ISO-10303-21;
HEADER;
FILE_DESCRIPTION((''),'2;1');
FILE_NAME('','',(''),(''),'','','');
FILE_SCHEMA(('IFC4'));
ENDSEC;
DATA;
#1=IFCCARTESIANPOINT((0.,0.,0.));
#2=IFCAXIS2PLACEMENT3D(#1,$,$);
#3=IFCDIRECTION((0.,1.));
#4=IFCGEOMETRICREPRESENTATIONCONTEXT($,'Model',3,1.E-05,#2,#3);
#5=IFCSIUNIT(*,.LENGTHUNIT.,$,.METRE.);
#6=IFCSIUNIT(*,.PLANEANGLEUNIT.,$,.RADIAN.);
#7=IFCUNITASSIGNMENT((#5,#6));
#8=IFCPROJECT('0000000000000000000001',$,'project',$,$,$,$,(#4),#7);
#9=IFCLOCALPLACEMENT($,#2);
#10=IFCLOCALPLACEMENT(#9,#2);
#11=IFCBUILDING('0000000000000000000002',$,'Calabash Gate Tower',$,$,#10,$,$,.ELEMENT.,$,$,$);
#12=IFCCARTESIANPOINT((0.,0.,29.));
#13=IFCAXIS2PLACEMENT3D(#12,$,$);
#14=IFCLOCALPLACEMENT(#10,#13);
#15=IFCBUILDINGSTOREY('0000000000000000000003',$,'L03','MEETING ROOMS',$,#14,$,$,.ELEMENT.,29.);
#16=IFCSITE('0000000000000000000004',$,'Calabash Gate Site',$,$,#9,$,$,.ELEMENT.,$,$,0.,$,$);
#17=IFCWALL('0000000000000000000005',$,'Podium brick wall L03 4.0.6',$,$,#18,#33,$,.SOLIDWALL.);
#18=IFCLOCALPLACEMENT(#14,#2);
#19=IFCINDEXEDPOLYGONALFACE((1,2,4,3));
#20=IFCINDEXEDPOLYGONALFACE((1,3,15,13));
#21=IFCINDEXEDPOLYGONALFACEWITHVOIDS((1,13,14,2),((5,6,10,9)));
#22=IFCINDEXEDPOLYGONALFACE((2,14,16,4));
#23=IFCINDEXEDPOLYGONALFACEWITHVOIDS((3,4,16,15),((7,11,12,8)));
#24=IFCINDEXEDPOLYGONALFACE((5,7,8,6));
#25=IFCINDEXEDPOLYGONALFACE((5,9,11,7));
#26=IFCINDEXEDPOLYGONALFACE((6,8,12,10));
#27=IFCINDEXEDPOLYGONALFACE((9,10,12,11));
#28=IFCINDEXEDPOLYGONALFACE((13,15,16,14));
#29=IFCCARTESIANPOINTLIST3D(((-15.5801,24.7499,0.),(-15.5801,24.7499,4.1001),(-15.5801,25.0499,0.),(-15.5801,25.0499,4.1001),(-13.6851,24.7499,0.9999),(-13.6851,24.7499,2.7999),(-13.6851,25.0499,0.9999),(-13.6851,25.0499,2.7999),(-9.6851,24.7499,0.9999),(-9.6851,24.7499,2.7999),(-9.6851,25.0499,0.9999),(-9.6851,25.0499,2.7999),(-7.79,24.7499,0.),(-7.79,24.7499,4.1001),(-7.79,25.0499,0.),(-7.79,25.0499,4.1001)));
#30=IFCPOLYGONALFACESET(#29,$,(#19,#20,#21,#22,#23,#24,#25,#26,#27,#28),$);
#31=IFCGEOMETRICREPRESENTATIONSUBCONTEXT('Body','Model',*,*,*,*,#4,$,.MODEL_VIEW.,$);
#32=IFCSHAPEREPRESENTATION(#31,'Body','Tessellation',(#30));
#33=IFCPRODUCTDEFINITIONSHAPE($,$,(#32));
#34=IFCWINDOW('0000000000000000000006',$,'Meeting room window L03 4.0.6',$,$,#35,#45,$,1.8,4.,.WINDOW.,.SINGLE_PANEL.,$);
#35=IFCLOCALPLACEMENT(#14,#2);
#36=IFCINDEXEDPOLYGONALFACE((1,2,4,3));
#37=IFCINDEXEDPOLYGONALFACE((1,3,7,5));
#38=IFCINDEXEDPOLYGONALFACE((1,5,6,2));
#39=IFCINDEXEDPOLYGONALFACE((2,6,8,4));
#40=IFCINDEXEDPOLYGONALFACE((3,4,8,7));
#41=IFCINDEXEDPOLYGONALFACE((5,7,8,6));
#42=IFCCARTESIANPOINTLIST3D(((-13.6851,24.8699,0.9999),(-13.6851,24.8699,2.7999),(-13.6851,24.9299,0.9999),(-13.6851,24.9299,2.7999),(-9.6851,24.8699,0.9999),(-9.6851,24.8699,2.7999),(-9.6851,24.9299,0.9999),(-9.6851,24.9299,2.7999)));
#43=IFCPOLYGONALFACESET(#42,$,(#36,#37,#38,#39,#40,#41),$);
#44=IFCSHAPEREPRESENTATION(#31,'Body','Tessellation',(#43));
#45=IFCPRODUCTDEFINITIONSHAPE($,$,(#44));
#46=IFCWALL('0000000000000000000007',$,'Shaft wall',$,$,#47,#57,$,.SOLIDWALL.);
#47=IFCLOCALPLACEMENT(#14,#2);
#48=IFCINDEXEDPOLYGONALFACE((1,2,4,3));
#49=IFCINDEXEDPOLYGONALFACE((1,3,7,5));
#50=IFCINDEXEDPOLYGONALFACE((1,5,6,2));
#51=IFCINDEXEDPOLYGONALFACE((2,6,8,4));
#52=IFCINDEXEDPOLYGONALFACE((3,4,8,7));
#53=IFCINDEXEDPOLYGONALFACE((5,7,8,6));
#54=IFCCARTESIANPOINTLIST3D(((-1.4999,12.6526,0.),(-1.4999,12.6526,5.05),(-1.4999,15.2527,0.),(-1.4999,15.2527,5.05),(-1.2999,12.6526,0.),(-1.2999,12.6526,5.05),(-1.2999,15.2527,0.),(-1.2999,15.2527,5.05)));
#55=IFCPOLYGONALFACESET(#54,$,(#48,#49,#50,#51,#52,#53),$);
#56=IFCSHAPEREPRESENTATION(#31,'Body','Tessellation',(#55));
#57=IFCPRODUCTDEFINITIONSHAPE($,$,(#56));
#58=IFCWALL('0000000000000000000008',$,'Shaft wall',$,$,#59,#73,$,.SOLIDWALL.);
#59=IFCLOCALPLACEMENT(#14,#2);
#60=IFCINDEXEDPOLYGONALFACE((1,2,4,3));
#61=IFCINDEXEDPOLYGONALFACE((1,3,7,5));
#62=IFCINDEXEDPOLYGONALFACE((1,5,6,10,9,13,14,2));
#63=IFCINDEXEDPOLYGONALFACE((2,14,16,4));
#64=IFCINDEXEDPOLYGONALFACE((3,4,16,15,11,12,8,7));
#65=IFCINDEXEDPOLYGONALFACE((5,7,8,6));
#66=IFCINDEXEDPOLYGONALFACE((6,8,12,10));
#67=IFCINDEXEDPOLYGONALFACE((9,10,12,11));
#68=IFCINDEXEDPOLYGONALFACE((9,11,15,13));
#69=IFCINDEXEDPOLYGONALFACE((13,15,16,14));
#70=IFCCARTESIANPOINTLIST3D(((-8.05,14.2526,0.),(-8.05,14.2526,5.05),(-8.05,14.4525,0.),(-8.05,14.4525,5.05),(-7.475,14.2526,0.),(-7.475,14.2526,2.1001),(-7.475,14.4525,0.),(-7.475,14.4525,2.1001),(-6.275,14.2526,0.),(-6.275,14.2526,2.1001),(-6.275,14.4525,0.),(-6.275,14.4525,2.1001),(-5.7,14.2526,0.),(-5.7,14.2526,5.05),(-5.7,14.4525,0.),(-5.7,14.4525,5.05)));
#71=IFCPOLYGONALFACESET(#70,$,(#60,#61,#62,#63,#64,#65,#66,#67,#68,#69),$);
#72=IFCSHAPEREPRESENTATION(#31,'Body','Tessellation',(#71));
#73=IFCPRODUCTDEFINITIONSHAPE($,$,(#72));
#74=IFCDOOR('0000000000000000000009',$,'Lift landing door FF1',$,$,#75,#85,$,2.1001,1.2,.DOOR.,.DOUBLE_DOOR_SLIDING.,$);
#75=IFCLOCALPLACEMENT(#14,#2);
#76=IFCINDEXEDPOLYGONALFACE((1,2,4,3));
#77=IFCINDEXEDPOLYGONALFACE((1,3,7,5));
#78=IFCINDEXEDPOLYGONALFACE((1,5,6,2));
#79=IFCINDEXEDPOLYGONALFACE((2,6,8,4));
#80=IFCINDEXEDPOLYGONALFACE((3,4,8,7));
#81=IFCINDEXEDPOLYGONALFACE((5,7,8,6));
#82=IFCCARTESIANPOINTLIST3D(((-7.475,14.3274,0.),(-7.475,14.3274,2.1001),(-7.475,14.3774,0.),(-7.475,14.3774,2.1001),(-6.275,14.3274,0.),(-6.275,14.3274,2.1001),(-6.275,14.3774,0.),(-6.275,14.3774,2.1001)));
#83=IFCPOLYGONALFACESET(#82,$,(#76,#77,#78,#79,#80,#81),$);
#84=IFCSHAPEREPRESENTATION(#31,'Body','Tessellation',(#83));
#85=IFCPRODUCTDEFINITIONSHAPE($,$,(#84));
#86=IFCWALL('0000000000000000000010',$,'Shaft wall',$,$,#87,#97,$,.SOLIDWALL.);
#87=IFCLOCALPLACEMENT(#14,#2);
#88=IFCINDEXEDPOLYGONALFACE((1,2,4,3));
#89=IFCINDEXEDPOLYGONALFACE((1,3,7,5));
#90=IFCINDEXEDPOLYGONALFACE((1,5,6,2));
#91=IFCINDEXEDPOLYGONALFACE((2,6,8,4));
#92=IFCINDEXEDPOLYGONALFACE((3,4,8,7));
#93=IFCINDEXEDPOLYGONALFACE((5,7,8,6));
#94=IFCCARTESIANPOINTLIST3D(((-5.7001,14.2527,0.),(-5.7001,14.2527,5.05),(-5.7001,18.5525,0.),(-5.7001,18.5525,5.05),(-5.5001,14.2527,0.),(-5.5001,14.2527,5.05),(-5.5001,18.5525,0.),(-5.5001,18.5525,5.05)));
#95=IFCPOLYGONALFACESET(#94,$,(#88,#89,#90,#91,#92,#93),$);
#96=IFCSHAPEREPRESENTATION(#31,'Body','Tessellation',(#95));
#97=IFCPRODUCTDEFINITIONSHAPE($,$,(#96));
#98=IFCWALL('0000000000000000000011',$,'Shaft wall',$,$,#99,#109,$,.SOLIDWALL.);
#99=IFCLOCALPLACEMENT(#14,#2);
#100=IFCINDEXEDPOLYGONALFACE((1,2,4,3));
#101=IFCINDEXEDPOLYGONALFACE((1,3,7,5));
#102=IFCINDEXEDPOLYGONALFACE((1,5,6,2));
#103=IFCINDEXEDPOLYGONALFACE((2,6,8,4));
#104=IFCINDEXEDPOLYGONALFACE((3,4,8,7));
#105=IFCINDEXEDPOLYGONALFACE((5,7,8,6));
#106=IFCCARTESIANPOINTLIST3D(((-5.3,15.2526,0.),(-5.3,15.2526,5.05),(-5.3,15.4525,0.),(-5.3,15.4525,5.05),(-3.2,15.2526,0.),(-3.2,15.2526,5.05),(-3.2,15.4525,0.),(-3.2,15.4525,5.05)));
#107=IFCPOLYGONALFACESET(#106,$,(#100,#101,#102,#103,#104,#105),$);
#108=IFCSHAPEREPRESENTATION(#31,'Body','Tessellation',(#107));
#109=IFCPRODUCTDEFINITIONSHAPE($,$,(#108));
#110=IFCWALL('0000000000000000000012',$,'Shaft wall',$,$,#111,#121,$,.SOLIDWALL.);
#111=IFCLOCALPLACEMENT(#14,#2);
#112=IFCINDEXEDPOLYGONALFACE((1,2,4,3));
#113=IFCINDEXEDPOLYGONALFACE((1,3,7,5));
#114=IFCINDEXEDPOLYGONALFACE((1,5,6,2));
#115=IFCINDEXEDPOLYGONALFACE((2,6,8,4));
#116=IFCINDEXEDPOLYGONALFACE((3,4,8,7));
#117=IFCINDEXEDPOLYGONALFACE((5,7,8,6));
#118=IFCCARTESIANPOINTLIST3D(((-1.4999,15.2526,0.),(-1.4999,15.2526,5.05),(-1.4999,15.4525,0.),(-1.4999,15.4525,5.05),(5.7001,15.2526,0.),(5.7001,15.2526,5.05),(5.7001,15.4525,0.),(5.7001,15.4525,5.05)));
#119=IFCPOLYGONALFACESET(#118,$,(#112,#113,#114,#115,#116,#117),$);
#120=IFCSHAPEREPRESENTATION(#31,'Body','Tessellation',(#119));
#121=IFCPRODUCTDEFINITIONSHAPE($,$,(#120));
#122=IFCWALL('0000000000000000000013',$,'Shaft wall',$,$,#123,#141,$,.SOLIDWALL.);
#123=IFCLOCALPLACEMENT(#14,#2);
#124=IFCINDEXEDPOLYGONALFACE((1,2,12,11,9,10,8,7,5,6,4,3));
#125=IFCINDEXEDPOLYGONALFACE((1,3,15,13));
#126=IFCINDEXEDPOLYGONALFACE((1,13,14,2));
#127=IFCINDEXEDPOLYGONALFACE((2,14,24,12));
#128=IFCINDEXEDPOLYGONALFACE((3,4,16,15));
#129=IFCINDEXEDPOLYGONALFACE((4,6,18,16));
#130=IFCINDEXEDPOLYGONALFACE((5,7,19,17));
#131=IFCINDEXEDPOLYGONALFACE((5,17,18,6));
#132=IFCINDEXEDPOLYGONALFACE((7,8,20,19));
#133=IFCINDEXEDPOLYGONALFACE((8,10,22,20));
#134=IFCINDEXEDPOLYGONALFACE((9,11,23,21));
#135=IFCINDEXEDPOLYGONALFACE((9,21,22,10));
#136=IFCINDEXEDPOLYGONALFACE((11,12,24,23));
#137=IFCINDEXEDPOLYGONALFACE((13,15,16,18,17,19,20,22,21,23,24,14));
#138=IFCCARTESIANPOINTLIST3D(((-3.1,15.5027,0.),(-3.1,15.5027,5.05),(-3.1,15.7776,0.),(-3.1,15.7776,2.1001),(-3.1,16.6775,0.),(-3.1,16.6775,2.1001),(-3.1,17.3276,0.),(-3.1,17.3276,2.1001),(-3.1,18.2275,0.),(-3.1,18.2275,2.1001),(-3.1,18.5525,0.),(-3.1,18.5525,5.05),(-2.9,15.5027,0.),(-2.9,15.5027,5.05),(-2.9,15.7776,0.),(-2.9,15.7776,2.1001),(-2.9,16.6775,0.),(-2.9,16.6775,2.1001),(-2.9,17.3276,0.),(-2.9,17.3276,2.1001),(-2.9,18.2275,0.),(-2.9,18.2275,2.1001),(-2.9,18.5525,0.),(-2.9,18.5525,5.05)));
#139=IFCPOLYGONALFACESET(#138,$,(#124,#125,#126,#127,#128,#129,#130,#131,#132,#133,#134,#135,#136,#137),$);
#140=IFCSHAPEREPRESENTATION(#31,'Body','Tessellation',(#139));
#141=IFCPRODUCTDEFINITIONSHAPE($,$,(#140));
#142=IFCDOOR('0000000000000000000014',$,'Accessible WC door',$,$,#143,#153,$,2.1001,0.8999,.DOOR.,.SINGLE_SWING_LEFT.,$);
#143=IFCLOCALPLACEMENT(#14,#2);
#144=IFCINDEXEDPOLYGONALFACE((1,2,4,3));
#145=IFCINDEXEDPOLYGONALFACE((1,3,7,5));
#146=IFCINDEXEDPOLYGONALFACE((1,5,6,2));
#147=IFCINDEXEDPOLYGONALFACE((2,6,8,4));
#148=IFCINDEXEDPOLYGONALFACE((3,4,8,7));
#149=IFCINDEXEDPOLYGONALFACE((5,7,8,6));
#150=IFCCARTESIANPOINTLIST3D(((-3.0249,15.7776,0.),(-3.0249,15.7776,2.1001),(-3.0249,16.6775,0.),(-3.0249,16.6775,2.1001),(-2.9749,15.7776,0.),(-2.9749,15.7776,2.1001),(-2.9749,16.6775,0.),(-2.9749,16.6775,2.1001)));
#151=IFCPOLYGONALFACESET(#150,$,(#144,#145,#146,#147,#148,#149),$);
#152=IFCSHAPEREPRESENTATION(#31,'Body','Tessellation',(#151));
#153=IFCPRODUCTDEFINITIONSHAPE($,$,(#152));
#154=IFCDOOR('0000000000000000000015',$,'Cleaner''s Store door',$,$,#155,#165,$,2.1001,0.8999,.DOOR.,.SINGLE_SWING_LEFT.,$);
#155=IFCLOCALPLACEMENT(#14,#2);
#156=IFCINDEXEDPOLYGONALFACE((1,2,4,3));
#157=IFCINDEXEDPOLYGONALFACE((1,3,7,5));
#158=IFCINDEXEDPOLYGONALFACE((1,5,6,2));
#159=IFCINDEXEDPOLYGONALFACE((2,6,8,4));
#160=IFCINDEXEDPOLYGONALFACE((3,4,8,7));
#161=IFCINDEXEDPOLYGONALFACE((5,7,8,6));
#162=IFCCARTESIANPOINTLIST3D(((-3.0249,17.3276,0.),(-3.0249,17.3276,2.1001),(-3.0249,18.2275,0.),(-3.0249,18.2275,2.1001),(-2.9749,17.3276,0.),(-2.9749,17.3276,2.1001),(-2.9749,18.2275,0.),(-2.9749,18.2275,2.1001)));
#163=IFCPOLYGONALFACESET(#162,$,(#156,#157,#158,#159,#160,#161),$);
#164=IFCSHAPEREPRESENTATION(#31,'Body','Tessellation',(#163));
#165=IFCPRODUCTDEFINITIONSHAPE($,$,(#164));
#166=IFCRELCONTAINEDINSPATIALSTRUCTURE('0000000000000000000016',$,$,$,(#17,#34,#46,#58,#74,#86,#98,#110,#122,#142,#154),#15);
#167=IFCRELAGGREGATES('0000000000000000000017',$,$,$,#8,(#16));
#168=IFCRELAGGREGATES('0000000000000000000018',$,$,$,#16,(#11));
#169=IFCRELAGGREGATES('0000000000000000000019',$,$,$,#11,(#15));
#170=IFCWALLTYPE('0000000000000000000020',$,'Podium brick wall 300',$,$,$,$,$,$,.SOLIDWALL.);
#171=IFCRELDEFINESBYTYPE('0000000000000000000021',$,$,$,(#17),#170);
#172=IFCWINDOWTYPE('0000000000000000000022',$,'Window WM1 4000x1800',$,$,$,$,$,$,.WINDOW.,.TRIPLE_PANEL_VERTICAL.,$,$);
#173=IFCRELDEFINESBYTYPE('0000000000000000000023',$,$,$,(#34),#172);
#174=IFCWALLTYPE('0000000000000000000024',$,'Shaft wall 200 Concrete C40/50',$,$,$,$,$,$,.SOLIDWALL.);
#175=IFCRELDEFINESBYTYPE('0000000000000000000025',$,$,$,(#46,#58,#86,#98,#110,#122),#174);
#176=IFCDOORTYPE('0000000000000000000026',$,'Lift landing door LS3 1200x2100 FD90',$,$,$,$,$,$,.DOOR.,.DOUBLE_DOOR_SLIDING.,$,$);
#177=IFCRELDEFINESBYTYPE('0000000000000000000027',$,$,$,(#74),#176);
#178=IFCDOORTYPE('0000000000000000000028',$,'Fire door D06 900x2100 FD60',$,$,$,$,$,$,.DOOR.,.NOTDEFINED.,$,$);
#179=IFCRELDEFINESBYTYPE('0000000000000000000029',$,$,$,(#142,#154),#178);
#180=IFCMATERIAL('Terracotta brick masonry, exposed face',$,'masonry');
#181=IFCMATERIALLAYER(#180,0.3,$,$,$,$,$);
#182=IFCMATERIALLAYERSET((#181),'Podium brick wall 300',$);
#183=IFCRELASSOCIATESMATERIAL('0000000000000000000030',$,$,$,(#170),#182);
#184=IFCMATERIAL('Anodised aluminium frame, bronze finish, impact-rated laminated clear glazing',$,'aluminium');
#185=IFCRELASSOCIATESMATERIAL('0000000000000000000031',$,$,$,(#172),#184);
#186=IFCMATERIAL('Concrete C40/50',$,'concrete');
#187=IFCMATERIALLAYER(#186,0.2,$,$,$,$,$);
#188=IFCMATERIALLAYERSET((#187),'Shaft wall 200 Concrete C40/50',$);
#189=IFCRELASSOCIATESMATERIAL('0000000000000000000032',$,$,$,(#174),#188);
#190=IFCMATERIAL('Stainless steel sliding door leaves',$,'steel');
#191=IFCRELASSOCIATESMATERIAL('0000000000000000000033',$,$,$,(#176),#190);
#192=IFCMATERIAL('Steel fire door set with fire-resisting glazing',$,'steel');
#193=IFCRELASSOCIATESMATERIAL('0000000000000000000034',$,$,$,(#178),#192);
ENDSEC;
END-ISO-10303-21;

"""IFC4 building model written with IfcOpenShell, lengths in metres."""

from ifc_helpers import new_model, si_unit, direction, frame, frame_2d, origin, place, context, subcontext, project, spatial, rectangle, extrude, material, layer, layer_set, type_object, element, fill, save


model = new_model("IFC4")

# Units and contexts
model_context = context("Model", 3, precision=1e-05, world=origin(), true_north=direction((0.0, 1.0)))
body_context = subcontext(model_context, "Body", "Model", "MODEL_VIEW")
ifc_project = project(units=[si_unit("LENGTHUNIT", "METRE"), si_unit("PLANEANGLEUNIT", "RADIAN")], contexts=[model_context])

# Site, building, storey
site_placement = place(None, origin())
site = spatial("IfcSite", under=ifc_project, at=site_placement, Name="Calabash Gate Site", CompositionType="ELEMENT", RefElevation=0.0)
building_placement = place(site_placement, origin())
building = spatial("IfcBuilding", under=site, at=building_placement, Name="Calabash Gate Tower", CompositionType="ELEMENT")
storey_placement = place(building_placement, frame((0.0, 0.0, 29.0)))
storey = spatial("IfcBuildingStorey", under=building, at=storey_placement, Name="L03", Description="MEETING ROOMS", CompositionType="ELEMENT", Elevation=29.0)

# Wall, opening, window
ifc_material_1 = material(Name="Terracotta brick masonry, exposed face", Category="masonry")
ifc_layer_1 = layer(ifc_material_1, 0.3)
ifc_layer_set_1 = layer_set([ifc_layer_1], Name="Podium brick wall 300")
wall_type_1 = type_object("IfcWallType", Name="Podium brick wall 300", PredefinedType="SOLIDWALL", material=ifc_layer_set_1)
ifc_material_2 = material(Name="Anodised aluminium frame, bronze finish, impact-rated laminated clear glazing", Category="aluminium")
window_type = type_object("IfcWindowType", Name="Window WM1 4000x1800", PartitioningType="TRIPLE_PANEL_VERTICAL", PredefinedType="WINDOW", material=ifc_material_2)
wall_1_placement = place(storey_placement, frame((-7.79, 24.8999, 0.0), z_axis=(0.0, 0.0, 1.0), x_axis=(-1.0, 0.0, 0.0)))
wall_1 = element("IfcWall", 1, at=wall_1_placement, inside=storey, type_object=wall_type_1, Name="Podium brick wall L03 4.0.6", PredefinedType="SOLIDWALL", context=body_context, shape_type="SweptSolid", body=[
    extrude(rectangle(XDim=7.79, YDim=0.3, at=frame_2d((3.895, 0.0))), origin(), (0.0, 0.0, 1.0), 4.1001),
])
opening_1_placement = place(wall_1_placement, frame((1.895, 0.0, 1.0)))
opening_1 = element("IfcOpeningElement", 2, at=opening_1_placement, cuts=wall_1, PredefinedType="OPENING", context=body_context, shape_type="SweptSolid", body=[
    extrude(rectangle(XDim=4.0, YDim=1.8, at=frame_2d((2.0, 0.8999))), frame((0.0, 0.1599, 0.0), z_axis=(0.0, -1.0, 0.0), x_axis=(1.0, 0.0, 0.0)), (0.0, 0.0, 1.0), 0.3201),
])
window_1_placement = place(opening_1_placement, origin())
window_1 = element("IfcWindow", 3, at=window_1_placement, inside=storey, type_object=window_type, Name="Meeting room window L03 4.0.6", OverallHeight=1.8, OverallWidth=4.0, PartitioningType="SINGLE_PANEL", PredefinedType="WINDOW", context=body_context, shape_type="SweptSolid", body=[
    extrude(rectangle(XDim=4.0, YDim=1.8, at=frame_2d((2.0, 0.8999))), frame((0.0, 0.03, 0.0), z_axis=(0.0, -1.0, 0.0), x_axis=(1.0, 0.0, 0.0)), (0.0, 0.0, 1.0), 0.0601),
])
fill(opening_1, window_1)

# Wall
ifc_material_3 = material(Name="Concrete C40/50", Category="concrete")
ifc_layer_2 = layer(ifc_material_3, 0.2)
ifc_layer_set_2 = layer_set([ifc_layer_2], Name="Shaft wall 200 Concrete C40/50")
wall_type_2 = type_object("IfcWallType", Name="Shaft wall 200 Concrete C40/50", PredefinedType="SOLIDWALL", material=ifc_layer_set_2)
wall_2_placement = place(storey_placement, frame((-1.3999, 12.6526, 0.0), z_axis=(0.0, 0.0, 1.0), x_axis=(0.0, 1.0, 0.0)))
element("IfcWall", 4, at=wall_2_placement, inside=storey, type_object=wall_type_2, Name="Shaft wall", PredefinedType="SOLIDWALL", context=body_context, shape_type="SweptSolid", body=[
    extrude(rectangle(XDim=2.6001, YDim=0.2, at=frame_2d((1.3, 0.0))), origin(), (0.0, 0.0, 1.0), 5.05),
])

# Wall, opening, door
wall_3_placement = place(storey_placement, frame((-8.05, 14.3525, 0.0), z_axis=(0.0, 0.0, 1.0), x_axis=(1.0, 0.0, 0.0)))
wall_3 = element("IfcWall", 5, at=wall_3_placement, inside=storey, type_object=wall_type_2, Name="Shaft wall", PredefinedType="SOLIDWALL", context=body_context, shape_type="SweptSolid", body=[
    extrude(rectangle(XDim=2.3501, YDim=0.2, at=frame_2d((1.175, 0.0))), origin(), (0.0, 0.0, 1.0), 5.05),
])
opening_2_placement = place(wall_3_placement, frame((0.575, 0.0, 0.0)))
opening_2 = element("IfcOpeningElement", 6, at=opening_2_placement, cuts=wall_3, PredefinedType="OPENING", context=body_context, shape_type="SweptSolid", body=[
    extrude(rectangle(XDim=1.2, YDim=2.1001, at=frame_2d((0.6001, 1.05))), frame((0.0, 0.1099, 0.0), z_axis=(0.0, -1.0, 0.0), x_axis=(1.0, 0.0, 0.0)), (0.0, 0.0, 1.0), 0.22),
])
ifc_material_4 = material(Name="Stainless steel sliding door leaves", Category="steel")
door_type_1 = type_object("IfcDoorType", Name="Lift landing door LS3 1200x2100 FD90", OperationType="DOUBLE_DOOR_SLIDING", PredefinedType="DOOR", material=ifc_material_4)
door_1_placement = place(opening_2_placement, origin())
door_1 = element("IfcDoor", 7, at=door_1_placement, inside=storey, type_object=door_type_1, Name="Lift landing door FF1", OperationType="DOUBLE_DOOR_SLIDING", OverallHeight=2.1001, OverallWidth=1.2, PredefinedType="DOOR", context=body_context, shape_type="SweptSolid", body=[
    extrude(rectangle(XDim=1.2, YDim=2.1001, at=frame_2d((0.6001, 1.05))), frame((0.0, 0.0249, 0.0), z_axis=(0.0, -1.0, 0.0), x_axis=(1.0, 0.0, 0.0)), (0.0, 0.0, 1.0), 0.05),
])
fill(opening_2, door_1)

# Walls
wall_4_placement = place(storey_placement, frame((-5.6001, 14.2527, 0.0), z_axis=(0.0, 0.0, 1.0), x_axis=(0.0, 1.0, 0.0)))
element("IfcWall", 8, at=wall_4_placement, inside=storey, type_object=wall_type_2, Name="Shaft wall", PredefinedType="SOLIDWALL", context=body_context, shape_type="SweptSolid", body=[
    extrude(rectangle(XDim=4.2998, YDim=0.2, at=frame_2d((2.1499, 0.0))), origin(), (0.0, 0.0, 1.0), 5.05),
])
wall_5_placement = place(storey_placement, frame((-5.3, 15.3525, 0.0), z_axis=(0.0, 0.0, 1.0), x_axis=(1.0, 0.0, 0.0)))
element("IfcWall", 9, at=wall_5_placement, inside=storey, type_object=wall_type_2, Name="Shaft wall", PredefinedType="SOLIDWALL", context=body_context, shape_type="SweptSolid", body=[
    extrude(rectangle(XDim=2.1001, YDim=0.2, at=frame_2d((1.05, 0.0))), origin(), (0.0, 0.0, 1.0), 5.05),
])
wall_6_placement = place(storey_placement, frame((-1.5, 15.3525, 0.0), z_axis=(0.0, 0.0, 1.0), x_axis=(1.0, 0.0, 0.0)))
element("IfcWall", 10, at=wall_6_placement, inside=storey, type_object=wall_type_2, Name="Shaft wall", PredefinedType="SOLIDWALL", context=body_context, shape_type="SweptSolid", body=[
    extrude(rectangle(XDim=7.2, YDim=0.2, at=frame_2d((3.6001, 0.0))), origin(), (0.0, 0.0, 1.0), 5.05),
])

# Wall, openings, doors
wall_7_placement = place(storey_placement, frame((-3.0, 15.5027, 0.0), z_axis=(0.0, 0.0, 1.0), x_axis=(0.0, 1.0, 0.0)))
wall_7 = element("IfcWall", 11, at=wall_7_placement, inside=storey, type_object=wall_type_2, Name="Shaft wall", PredefinedType="SOLIDWALL", context=body_context, shape_type="SweptSolid", body=[
    extrude(rectangle(XDim=3.0498, YDim=0.2, at=frame_2d((1.5249, 0.0))), origin(), (0.0, 0.0, 1.0), 5.05),
])
opening_3_placement = place(wall_7_placement, frame((0.2749, 0.0, 0.0)))
opening_3 = element("IfcOpeningElement", 12, at=opening_3_placement, cuts=wall_7, PredefinedType="OPENING", context=body_context, shape_type="SweptSolid", body=[
    extrude(rectangle(XDim=0.8999, YDim=2.1001, at=frame_2d((0.45, 1.05))), frame((0.0, 0.1099, 0.0), z_axis=(0.0, -1.0, 0.0), x_axis=(1.0, 0.0, 0.0)), (0.0, 0.0, 1.0), 0.22),
])
opening_4_placement = place(wall_7_placement, frame((1.825, 0.0, 0.0)))
opening_4 = element("IfcOpeningElement", 13, at=opening_4_placement, cuts=wall_7, PredefinedType="OPENING", context=body_context, shape_type="SweptSolid", body=[
    extrude(rectangle(XDim=0.8999, YDim=2.1001, at=frame_2d((0.45, 1.05))), frame((0.0, 0.1099, 0.0), z_axis=(0.0, -1.0, 0.0), x_axis=(1.0, 0.0, 0.0)), (0.0, 0.0, 1.0), 0.22),
])
ifc_material_5 = material(Name="Steel fire door set with fire-resisting glazing", Category="steel")
door_type_2 = type_object("IfcDoorType", Name="Fire door D06 900x2100 FD60", OperationType="NOTDEFINED", PredefinedType="DOOR", material=ifc_material_5)
door_2_placement = place(opening_3_placement, origin())
door_2 = element("IfcDoor", 14, at=door_2_placement, inside=storey, type_object=door_type_2, Name="Accessible WC door", OperationType="SINGLE_SWING_LEFT", OverallHeight=2.1001, OverallWidth=0.8999, PredefinedType="DOOR", context=body_context, shape_type="SweptSolid", body=[
    extrude(rectangle(XDim=0.8999, YDim=2.1001, at=frame_2d((0.45, 1.05))), frame((0.0, 0.0249, 0.0), z_axis=(0.0, -1.0, 0.0), x_axis=(1.0, 0.0, 0.0)), (0.0, 0.0, 1.0), 0.05),
])
fill(opening_3, door_2)
door_3_placement = place(opening_4_placement, origin())
door_3 = element("IfcDoor", 15, at=door_3_placement, inside=storey, type_object=door_type_2, Name="Cleaner's Store door", OperationType="SINGLE_SWING_LEFT", OverallHeight=2.1001, OverallWidth=0.8999, PredefinedType="DOOR", context=body_context, shape_type="SweptSolid", body=[
    extrude(rectangle(XDim=0.8999, YDim=2.1001, at=frame_2d((0.45, 1.05))), frame((0.0, 0.0249, 0.0), z_axis=(0.0, -1.0, 0.0), x_axis=(1.0, 0.0, 0.0)), (0.0, 0.0, 1.0), 0.05),
])
fill(opening_4, door_3)

save(model, "model.ifc")
